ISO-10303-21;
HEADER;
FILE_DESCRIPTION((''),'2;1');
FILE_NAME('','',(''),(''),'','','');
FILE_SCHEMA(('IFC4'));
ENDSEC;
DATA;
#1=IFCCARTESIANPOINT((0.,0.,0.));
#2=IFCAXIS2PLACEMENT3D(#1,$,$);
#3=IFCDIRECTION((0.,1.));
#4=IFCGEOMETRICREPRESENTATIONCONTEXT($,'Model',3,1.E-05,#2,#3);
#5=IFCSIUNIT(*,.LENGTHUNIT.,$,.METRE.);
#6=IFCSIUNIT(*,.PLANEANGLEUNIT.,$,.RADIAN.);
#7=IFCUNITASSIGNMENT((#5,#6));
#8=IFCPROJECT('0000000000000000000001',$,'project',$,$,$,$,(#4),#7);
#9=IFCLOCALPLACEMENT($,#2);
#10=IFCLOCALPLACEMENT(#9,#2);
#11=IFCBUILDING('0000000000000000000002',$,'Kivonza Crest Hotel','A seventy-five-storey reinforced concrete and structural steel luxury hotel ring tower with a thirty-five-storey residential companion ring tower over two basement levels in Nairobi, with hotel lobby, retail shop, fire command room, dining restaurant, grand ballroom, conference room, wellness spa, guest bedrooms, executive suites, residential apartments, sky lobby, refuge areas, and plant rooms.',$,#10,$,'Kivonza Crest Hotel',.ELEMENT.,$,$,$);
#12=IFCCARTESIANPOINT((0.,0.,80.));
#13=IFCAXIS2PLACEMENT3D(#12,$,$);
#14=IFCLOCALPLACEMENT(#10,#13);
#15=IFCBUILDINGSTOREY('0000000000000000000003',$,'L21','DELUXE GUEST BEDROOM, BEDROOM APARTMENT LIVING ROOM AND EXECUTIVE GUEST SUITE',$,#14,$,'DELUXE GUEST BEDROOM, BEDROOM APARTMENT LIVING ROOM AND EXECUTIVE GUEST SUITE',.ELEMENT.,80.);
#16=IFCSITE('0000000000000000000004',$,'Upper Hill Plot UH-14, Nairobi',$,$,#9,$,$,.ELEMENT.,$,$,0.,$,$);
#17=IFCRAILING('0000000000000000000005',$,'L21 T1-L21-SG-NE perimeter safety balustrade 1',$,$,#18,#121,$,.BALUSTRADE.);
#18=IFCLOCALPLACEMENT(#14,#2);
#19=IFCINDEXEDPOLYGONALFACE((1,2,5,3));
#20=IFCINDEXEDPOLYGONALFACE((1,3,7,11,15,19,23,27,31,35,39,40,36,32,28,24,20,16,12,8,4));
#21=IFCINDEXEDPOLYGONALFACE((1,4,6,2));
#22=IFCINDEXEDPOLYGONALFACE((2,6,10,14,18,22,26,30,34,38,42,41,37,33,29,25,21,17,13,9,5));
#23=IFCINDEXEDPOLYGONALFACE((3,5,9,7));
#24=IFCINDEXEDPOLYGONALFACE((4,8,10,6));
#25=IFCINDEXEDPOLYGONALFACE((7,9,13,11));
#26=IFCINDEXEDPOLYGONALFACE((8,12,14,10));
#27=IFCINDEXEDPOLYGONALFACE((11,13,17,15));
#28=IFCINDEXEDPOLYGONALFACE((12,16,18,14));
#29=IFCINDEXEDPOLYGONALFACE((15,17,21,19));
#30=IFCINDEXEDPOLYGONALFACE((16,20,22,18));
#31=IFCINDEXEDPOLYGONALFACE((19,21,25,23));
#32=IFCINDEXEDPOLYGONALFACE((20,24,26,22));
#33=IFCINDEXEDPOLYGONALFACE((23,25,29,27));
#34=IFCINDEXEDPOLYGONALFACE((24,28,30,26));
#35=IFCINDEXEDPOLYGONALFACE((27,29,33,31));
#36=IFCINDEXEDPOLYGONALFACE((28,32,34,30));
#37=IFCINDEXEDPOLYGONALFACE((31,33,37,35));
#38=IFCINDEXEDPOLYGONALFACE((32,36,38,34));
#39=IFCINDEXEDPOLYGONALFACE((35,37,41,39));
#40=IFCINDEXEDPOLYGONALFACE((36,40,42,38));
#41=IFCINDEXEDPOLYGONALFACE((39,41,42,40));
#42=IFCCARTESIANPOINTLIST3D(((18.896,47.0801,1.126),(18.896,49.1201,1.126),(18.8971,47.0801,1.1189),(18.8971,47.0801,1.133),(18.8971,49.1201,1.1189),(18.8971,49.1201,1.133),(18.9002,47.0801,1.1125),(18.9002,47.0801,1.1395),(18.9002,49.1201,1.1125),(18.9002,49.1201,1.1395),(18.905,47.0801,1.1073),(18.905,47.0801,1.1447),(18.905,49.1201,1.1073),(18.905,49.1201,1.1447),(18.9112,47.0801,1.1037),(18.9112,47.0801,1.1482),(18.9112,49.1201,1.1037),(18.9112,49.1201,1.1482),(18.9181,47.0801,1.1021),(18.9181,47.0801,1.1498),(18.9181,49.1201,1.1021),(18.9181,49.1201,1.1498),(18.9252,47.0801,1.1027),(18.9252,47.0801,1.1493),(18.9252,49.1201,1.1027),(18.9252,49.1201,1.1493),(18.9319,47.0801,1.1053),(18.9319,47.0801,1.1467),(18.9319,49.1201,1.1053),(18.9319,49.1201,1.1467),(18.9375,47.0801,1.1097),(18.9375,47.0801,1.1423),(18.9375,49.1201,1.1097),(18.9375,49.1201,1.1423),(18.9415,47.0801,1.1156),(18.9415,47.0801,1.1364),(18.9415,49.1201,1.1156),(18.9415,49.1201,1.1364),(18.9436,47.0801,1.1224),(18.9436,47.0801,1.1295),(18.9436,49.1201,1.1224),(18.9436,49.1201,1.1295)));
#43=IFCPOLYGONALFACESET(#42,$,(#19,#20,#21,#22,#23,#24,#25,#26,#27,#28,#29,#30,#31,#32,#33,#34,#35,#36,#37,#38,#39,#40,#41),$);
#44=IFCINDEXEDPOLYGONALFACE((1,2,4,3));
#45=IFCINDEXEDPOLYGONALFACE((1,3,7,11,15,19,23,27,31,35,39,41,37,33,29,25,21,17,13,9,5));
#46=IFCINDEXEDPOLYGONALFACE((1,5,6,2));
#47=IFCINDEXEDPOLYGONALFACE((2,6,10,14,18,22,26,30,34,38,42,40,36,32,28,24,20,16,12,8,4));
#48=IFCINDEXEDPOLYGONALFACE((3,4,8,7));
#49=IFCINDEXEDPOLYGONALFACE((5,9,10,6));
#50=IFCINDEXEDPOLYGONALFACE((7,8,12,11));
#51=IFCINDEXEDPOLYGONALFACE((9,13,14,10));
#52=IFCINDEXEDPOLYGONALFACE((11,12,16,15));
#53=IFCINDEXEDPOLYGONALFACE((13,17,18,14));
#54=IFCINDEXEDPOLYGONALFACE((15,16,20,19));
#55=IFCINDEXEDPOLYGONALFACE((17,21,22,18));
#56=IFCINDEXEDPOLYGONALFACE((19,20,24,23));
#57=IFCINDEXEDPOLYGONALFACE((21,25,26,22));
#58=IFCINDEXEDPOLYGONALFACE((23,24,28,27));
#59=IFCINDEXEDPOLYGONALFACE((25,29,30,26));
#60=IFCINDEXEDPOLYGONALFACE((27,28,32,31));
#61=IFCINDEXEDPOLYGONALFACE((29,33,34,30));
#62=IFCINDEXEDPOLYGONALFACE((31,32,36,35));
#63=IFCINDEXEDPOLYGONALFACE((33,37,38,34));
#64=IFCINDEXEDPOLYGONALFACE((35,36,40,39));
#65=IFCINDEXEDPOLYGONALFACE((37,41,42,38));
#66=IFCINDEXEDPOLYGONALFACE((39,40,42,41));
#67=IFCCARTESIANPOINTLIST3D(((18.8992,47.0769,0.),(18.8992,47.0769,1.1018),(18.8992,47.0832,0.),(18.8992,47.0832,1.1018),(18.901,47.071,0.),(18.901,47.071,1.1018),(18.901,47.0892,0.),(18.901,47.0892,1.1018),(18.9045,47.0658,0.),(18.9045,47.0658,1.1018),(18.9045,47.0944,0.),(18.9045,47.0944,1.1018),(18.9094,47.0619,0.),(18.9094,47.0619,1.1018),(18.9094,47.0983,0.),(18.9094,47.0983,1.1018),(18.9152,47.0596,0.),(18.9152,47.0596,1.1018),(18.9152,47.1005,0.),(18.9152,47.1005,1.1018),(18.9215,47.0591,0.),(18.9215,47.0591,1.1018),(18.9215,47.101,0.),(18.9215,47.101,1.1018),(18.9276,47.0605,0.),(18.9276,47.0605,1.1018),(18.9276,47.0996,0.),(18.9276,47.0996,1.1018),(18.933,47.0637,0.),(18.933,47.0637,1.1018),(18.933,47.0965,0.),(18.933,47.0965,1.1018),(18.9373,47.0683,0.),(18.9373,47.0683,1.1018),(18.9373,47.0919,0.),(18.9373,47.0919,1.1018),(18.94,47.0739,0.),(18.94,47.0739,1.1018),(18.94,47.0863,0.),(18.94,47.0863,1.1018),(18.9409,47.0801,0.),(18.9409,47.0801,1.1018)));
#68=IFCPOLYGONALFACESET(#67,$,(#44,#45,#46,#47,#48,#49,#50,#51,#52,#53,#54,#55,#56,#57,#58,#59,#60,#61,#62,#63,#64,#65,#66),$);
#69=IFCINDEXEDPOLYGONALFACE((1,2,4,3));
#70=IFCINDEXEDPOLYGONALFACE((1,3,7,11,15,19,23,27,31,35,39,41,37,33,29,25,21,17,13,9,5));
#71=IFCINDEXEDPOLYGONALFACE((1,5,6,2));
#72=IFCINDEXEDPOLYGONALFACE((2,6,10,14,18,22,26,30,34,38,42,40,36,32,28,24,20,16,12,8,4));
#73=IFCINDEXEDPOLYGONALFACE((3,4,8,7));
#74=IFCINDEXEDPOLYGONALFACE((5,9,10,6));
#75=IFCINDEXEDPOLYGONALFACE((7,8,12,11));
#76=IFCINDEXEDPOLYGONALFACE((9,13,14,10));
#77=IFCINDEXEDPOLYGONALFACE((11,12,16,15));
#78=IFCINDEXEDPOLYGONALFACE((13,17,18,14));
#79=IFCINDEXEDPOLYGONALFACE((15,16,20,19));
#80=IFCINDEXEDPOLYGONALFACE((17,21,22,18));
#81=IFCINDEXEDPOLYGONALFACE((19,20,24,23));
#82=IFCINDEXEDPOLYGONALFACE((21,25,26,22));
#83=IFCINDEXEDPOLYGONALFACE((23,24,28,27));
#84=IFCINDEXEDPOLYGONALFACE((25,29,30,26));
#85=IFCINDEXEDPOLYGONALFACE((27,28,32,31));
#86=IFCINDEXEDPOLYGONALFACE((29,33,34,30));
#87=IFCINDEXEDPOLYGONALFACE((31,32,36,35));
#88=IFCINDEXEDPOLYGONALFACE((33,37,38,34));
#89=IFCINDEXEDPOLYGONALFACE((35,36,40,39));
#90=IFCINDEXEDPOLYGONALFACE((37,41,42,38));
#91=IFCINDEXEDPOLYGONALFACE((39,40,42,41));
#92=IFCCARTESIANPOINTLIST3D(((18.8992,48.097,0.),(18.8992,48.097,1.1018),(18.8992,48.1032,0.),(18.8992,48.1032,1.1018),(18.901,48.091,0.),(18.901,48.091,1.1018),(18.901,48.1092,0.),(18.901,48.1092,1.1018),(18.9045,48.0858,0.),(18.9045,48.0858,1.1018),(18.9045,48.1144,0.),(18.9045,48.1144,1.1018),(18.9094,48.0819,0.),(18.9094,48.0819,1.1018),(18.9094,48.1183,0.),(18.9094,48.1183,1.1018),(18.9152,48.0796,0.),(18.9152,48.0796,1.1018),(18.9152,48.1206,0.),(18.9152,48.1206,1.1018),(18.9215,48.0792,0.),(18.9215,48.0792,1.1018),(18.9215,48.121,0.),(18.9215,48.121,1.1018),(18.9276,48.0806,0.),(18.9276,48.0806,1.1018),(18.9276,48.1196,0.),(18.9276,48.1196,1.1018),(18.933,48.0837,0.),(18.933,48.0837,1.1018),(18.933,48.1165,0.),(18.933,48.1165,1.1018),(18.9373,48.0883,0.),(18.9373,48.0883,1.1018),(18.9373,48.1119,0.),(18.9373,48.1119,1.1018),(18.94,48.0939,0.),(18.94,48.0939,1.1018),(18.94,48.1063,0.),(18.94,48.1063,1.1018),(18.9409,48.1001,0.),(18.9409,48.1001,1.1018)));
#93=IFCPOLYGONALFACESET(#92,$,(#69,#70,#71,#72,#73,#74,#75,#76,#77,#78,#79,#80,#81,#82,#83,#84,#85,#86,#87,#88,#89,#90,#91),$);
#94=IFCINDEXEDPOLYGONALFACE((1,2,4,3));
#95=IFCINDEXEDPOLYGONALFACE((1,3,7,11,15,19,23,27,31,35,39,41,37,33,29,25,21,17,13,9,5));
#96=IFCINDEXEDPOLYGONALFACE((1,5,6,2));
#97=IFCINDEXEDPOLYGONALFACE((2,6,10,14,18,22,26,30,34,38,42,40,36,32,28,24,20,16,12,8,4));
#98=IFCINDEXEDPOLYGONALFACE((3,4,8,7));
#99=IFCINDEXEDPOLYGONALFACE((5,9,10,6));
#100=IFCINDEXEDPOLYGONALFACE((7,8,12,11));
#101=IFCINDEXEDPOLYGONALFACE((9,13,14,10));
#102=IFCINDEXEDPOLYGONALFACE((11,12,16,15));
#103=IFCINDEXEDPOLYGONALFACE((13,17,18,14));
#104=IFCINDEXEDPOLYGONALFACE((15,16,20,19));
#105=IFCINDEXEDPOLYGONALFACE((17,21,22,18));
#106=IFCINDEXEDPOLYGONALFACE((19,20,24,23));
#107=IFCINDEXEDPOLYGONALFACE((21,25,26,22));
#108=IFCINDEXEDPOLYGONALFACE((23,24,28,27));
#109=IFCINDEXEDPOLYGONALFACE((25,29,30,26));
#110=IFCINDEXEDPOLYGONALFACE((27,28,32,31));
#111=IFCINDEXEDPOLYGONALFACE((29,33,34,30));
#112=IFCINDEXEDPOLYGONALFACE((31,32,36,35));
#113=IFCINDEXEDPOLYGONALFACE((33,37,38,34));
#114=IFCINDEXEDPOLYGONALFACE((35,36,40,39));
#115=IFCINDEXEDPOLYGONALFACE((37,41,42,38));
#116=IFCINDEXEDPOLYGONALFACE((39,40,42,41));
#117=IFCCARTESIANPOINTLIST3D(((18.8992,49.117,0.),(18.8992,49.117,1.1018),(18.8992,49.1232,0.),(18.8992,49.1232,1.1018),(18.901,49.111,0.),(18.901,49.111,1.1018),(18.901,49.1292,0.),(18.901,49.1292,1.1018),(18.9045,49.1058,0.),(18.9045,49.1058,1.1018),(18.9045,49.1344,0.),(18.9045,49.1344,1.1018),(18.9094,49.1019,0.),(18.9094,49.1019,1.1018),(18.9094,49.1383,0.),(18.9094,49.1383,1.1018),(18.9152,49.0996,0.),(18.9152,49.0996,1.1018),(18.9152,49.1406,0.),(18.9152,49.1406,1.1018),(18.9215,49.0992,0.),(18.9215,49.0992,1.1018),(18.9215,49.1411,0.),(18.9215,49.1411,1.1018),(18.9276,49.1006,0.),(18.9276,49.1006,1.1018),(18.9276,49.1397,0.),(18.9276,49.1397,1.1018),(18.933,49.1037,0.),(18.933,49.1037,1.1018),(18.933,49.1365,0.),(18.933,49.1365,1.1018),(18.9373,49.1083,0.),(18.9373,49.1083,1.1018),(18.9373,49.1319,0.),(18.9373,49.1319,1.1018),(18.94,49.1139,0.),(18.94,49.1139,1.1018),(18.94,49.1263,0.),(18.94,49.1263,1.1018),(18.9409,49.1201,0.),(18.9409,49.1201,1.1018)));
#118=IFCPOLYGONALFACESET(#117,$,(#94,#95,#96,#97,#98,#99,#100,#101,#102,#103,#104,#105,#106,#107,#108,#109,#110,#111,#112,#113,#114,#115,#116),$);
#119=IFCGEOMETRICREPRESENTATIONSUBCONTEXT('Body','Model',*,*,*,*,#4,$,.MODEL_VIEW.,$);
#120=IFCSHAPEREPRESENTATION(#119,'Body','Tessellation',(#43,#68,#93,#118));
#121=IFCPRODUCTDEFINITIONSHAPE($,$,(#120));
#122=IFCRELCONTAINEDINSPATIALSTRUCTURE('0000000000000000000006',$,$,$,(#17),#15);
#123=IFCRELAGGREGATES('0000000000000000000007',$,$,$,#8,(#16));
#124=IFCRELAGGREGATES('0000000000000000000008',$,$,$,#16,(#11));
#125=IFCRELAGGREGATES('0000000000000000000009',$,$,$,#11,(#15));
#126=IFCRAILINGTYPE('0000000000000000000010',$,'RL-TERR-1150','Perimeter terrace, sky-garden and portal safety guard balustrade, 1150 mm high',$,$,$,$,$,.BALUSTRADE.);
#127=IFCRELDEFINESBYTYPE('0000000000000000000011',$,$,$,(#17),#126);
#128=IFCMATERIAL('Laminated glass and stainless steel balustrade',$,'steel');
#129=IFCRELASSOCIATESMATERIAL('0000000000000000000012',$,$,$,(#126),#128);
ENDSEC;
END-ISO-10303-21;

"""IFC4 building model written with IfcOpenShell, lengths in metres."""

from ifc_helpers import new_model, si_unit, direction, frame, origin, origin_2d, place, context, subcontext, project, spatial, circle, extrude, material, type_object, element, save


model = new_model("IFC4")

# Units and contexts
model_context = context("Model", 3, precision=1e-05, world=origin(), true_north=direction((0.0, 1.0)))
body_context = subcontext(model_context, "Body", "Model", "MODEL_VIEW")
ifc_project = project(units=[si_unit("LENGTHUNIT", "METRE"), si_unit("PLANEANGLEUNIT", "RADIAN")], contexts=[model_context])

# Site, building, storey
site_placement = place(None, origin())
site = spatial("IfcSite", under=ifc_project, at=site_placement, Name="Upper Hill Plot UH-14, Nairobi", CompositionType="ELEMENT", RefElevation=0.0)
building_placement = place(site_placement, origin())
building = spatial("IfcBuilding", under=site, at=building_placement, Name="Kivonza Crest Hotel", Description="A seventy-five-storey reinforced concrete and structural steel luxury hotel ring tower with a thirty-five-storey residential companion ring tower over two basement levels in Nairobi, with hotel lobby, retail shop, fire command room, dining restaurant, grand ballroom, conference room, wellness spa, guest bedrooms, executive suites, residential apartments, sky lobby, refuge areas, and plant rooms.", LongName="Kivonza Crest Hotel", CompositionType="ELEMENT")
storey_placement = place(building_placement, frame((0.0, 0.0, 80.0)))
storey = spatial("IfcBuildingStorey", under=building, at=storey_placement, Name="L21", Description="DELUXE GUEST BEDROOM, BEDROOM APARTMENT LIVING ROOM AND EXECUTIVE GUEST SUITE", LongName="DELUXE GUEST BEDROOM, BEDROOM APARTMENT LIVING ROOM AND EXECUTIVE GUEST SUITE", CompositionType="ELEMENT", Elevation=80.0)

# Railing
ifc_material_1 = material(Name="Laminated glass and stainless steel balustrade", Category="steel")
railing_type_1 = type_object("IfcRailingType", Name="RL-TERR-1150", Description="Perimeter terrace, sky-garden and portal safety guard balustrade, 1150 mm high", PredefinedType="BALUSTRADE", material=ifc_material_1)
railing_1_placement = place(storey_placement, frame((18.9199, 47.0801, 0.0)))
element("IfcRailing", 1, at=railing_1_placement, inside=storey, type_object=railing_type_1, Name="L21 T1-L21-SG-NE perimeter safety balustrade 1", PredefinedType="BALUSTRADE", context=body_context, shape_type="SweptSolid", body=[
    extrude(circle(Radius=0.0239, at=origin_2d()), frame((0.0, 0.0, 1.126), z_axis=(0.0, 1.0, 0.0), x_axis=(-1.0, 0.0, 0.0)), (0.0, 0.0, 1.0), 2.04),
    extrude(circle(Radius=0.021, at=origin_2d()), origin(), (0.0, 0.0, 1.0), 1.1018),
    extrude(circle(Radius=0.021, at=origin_2d()), frame((0.0, 1.02, 0.0)), (0.0, 0.0, 1.0), 1.1018),
    extrude(circle(Radius=0.021, at=origin_2d()), frame((0.0, 2.04, 0.0)), (0.0, 0.0, 1.0), 1.1018),
])

save(model, "model.ifc")
